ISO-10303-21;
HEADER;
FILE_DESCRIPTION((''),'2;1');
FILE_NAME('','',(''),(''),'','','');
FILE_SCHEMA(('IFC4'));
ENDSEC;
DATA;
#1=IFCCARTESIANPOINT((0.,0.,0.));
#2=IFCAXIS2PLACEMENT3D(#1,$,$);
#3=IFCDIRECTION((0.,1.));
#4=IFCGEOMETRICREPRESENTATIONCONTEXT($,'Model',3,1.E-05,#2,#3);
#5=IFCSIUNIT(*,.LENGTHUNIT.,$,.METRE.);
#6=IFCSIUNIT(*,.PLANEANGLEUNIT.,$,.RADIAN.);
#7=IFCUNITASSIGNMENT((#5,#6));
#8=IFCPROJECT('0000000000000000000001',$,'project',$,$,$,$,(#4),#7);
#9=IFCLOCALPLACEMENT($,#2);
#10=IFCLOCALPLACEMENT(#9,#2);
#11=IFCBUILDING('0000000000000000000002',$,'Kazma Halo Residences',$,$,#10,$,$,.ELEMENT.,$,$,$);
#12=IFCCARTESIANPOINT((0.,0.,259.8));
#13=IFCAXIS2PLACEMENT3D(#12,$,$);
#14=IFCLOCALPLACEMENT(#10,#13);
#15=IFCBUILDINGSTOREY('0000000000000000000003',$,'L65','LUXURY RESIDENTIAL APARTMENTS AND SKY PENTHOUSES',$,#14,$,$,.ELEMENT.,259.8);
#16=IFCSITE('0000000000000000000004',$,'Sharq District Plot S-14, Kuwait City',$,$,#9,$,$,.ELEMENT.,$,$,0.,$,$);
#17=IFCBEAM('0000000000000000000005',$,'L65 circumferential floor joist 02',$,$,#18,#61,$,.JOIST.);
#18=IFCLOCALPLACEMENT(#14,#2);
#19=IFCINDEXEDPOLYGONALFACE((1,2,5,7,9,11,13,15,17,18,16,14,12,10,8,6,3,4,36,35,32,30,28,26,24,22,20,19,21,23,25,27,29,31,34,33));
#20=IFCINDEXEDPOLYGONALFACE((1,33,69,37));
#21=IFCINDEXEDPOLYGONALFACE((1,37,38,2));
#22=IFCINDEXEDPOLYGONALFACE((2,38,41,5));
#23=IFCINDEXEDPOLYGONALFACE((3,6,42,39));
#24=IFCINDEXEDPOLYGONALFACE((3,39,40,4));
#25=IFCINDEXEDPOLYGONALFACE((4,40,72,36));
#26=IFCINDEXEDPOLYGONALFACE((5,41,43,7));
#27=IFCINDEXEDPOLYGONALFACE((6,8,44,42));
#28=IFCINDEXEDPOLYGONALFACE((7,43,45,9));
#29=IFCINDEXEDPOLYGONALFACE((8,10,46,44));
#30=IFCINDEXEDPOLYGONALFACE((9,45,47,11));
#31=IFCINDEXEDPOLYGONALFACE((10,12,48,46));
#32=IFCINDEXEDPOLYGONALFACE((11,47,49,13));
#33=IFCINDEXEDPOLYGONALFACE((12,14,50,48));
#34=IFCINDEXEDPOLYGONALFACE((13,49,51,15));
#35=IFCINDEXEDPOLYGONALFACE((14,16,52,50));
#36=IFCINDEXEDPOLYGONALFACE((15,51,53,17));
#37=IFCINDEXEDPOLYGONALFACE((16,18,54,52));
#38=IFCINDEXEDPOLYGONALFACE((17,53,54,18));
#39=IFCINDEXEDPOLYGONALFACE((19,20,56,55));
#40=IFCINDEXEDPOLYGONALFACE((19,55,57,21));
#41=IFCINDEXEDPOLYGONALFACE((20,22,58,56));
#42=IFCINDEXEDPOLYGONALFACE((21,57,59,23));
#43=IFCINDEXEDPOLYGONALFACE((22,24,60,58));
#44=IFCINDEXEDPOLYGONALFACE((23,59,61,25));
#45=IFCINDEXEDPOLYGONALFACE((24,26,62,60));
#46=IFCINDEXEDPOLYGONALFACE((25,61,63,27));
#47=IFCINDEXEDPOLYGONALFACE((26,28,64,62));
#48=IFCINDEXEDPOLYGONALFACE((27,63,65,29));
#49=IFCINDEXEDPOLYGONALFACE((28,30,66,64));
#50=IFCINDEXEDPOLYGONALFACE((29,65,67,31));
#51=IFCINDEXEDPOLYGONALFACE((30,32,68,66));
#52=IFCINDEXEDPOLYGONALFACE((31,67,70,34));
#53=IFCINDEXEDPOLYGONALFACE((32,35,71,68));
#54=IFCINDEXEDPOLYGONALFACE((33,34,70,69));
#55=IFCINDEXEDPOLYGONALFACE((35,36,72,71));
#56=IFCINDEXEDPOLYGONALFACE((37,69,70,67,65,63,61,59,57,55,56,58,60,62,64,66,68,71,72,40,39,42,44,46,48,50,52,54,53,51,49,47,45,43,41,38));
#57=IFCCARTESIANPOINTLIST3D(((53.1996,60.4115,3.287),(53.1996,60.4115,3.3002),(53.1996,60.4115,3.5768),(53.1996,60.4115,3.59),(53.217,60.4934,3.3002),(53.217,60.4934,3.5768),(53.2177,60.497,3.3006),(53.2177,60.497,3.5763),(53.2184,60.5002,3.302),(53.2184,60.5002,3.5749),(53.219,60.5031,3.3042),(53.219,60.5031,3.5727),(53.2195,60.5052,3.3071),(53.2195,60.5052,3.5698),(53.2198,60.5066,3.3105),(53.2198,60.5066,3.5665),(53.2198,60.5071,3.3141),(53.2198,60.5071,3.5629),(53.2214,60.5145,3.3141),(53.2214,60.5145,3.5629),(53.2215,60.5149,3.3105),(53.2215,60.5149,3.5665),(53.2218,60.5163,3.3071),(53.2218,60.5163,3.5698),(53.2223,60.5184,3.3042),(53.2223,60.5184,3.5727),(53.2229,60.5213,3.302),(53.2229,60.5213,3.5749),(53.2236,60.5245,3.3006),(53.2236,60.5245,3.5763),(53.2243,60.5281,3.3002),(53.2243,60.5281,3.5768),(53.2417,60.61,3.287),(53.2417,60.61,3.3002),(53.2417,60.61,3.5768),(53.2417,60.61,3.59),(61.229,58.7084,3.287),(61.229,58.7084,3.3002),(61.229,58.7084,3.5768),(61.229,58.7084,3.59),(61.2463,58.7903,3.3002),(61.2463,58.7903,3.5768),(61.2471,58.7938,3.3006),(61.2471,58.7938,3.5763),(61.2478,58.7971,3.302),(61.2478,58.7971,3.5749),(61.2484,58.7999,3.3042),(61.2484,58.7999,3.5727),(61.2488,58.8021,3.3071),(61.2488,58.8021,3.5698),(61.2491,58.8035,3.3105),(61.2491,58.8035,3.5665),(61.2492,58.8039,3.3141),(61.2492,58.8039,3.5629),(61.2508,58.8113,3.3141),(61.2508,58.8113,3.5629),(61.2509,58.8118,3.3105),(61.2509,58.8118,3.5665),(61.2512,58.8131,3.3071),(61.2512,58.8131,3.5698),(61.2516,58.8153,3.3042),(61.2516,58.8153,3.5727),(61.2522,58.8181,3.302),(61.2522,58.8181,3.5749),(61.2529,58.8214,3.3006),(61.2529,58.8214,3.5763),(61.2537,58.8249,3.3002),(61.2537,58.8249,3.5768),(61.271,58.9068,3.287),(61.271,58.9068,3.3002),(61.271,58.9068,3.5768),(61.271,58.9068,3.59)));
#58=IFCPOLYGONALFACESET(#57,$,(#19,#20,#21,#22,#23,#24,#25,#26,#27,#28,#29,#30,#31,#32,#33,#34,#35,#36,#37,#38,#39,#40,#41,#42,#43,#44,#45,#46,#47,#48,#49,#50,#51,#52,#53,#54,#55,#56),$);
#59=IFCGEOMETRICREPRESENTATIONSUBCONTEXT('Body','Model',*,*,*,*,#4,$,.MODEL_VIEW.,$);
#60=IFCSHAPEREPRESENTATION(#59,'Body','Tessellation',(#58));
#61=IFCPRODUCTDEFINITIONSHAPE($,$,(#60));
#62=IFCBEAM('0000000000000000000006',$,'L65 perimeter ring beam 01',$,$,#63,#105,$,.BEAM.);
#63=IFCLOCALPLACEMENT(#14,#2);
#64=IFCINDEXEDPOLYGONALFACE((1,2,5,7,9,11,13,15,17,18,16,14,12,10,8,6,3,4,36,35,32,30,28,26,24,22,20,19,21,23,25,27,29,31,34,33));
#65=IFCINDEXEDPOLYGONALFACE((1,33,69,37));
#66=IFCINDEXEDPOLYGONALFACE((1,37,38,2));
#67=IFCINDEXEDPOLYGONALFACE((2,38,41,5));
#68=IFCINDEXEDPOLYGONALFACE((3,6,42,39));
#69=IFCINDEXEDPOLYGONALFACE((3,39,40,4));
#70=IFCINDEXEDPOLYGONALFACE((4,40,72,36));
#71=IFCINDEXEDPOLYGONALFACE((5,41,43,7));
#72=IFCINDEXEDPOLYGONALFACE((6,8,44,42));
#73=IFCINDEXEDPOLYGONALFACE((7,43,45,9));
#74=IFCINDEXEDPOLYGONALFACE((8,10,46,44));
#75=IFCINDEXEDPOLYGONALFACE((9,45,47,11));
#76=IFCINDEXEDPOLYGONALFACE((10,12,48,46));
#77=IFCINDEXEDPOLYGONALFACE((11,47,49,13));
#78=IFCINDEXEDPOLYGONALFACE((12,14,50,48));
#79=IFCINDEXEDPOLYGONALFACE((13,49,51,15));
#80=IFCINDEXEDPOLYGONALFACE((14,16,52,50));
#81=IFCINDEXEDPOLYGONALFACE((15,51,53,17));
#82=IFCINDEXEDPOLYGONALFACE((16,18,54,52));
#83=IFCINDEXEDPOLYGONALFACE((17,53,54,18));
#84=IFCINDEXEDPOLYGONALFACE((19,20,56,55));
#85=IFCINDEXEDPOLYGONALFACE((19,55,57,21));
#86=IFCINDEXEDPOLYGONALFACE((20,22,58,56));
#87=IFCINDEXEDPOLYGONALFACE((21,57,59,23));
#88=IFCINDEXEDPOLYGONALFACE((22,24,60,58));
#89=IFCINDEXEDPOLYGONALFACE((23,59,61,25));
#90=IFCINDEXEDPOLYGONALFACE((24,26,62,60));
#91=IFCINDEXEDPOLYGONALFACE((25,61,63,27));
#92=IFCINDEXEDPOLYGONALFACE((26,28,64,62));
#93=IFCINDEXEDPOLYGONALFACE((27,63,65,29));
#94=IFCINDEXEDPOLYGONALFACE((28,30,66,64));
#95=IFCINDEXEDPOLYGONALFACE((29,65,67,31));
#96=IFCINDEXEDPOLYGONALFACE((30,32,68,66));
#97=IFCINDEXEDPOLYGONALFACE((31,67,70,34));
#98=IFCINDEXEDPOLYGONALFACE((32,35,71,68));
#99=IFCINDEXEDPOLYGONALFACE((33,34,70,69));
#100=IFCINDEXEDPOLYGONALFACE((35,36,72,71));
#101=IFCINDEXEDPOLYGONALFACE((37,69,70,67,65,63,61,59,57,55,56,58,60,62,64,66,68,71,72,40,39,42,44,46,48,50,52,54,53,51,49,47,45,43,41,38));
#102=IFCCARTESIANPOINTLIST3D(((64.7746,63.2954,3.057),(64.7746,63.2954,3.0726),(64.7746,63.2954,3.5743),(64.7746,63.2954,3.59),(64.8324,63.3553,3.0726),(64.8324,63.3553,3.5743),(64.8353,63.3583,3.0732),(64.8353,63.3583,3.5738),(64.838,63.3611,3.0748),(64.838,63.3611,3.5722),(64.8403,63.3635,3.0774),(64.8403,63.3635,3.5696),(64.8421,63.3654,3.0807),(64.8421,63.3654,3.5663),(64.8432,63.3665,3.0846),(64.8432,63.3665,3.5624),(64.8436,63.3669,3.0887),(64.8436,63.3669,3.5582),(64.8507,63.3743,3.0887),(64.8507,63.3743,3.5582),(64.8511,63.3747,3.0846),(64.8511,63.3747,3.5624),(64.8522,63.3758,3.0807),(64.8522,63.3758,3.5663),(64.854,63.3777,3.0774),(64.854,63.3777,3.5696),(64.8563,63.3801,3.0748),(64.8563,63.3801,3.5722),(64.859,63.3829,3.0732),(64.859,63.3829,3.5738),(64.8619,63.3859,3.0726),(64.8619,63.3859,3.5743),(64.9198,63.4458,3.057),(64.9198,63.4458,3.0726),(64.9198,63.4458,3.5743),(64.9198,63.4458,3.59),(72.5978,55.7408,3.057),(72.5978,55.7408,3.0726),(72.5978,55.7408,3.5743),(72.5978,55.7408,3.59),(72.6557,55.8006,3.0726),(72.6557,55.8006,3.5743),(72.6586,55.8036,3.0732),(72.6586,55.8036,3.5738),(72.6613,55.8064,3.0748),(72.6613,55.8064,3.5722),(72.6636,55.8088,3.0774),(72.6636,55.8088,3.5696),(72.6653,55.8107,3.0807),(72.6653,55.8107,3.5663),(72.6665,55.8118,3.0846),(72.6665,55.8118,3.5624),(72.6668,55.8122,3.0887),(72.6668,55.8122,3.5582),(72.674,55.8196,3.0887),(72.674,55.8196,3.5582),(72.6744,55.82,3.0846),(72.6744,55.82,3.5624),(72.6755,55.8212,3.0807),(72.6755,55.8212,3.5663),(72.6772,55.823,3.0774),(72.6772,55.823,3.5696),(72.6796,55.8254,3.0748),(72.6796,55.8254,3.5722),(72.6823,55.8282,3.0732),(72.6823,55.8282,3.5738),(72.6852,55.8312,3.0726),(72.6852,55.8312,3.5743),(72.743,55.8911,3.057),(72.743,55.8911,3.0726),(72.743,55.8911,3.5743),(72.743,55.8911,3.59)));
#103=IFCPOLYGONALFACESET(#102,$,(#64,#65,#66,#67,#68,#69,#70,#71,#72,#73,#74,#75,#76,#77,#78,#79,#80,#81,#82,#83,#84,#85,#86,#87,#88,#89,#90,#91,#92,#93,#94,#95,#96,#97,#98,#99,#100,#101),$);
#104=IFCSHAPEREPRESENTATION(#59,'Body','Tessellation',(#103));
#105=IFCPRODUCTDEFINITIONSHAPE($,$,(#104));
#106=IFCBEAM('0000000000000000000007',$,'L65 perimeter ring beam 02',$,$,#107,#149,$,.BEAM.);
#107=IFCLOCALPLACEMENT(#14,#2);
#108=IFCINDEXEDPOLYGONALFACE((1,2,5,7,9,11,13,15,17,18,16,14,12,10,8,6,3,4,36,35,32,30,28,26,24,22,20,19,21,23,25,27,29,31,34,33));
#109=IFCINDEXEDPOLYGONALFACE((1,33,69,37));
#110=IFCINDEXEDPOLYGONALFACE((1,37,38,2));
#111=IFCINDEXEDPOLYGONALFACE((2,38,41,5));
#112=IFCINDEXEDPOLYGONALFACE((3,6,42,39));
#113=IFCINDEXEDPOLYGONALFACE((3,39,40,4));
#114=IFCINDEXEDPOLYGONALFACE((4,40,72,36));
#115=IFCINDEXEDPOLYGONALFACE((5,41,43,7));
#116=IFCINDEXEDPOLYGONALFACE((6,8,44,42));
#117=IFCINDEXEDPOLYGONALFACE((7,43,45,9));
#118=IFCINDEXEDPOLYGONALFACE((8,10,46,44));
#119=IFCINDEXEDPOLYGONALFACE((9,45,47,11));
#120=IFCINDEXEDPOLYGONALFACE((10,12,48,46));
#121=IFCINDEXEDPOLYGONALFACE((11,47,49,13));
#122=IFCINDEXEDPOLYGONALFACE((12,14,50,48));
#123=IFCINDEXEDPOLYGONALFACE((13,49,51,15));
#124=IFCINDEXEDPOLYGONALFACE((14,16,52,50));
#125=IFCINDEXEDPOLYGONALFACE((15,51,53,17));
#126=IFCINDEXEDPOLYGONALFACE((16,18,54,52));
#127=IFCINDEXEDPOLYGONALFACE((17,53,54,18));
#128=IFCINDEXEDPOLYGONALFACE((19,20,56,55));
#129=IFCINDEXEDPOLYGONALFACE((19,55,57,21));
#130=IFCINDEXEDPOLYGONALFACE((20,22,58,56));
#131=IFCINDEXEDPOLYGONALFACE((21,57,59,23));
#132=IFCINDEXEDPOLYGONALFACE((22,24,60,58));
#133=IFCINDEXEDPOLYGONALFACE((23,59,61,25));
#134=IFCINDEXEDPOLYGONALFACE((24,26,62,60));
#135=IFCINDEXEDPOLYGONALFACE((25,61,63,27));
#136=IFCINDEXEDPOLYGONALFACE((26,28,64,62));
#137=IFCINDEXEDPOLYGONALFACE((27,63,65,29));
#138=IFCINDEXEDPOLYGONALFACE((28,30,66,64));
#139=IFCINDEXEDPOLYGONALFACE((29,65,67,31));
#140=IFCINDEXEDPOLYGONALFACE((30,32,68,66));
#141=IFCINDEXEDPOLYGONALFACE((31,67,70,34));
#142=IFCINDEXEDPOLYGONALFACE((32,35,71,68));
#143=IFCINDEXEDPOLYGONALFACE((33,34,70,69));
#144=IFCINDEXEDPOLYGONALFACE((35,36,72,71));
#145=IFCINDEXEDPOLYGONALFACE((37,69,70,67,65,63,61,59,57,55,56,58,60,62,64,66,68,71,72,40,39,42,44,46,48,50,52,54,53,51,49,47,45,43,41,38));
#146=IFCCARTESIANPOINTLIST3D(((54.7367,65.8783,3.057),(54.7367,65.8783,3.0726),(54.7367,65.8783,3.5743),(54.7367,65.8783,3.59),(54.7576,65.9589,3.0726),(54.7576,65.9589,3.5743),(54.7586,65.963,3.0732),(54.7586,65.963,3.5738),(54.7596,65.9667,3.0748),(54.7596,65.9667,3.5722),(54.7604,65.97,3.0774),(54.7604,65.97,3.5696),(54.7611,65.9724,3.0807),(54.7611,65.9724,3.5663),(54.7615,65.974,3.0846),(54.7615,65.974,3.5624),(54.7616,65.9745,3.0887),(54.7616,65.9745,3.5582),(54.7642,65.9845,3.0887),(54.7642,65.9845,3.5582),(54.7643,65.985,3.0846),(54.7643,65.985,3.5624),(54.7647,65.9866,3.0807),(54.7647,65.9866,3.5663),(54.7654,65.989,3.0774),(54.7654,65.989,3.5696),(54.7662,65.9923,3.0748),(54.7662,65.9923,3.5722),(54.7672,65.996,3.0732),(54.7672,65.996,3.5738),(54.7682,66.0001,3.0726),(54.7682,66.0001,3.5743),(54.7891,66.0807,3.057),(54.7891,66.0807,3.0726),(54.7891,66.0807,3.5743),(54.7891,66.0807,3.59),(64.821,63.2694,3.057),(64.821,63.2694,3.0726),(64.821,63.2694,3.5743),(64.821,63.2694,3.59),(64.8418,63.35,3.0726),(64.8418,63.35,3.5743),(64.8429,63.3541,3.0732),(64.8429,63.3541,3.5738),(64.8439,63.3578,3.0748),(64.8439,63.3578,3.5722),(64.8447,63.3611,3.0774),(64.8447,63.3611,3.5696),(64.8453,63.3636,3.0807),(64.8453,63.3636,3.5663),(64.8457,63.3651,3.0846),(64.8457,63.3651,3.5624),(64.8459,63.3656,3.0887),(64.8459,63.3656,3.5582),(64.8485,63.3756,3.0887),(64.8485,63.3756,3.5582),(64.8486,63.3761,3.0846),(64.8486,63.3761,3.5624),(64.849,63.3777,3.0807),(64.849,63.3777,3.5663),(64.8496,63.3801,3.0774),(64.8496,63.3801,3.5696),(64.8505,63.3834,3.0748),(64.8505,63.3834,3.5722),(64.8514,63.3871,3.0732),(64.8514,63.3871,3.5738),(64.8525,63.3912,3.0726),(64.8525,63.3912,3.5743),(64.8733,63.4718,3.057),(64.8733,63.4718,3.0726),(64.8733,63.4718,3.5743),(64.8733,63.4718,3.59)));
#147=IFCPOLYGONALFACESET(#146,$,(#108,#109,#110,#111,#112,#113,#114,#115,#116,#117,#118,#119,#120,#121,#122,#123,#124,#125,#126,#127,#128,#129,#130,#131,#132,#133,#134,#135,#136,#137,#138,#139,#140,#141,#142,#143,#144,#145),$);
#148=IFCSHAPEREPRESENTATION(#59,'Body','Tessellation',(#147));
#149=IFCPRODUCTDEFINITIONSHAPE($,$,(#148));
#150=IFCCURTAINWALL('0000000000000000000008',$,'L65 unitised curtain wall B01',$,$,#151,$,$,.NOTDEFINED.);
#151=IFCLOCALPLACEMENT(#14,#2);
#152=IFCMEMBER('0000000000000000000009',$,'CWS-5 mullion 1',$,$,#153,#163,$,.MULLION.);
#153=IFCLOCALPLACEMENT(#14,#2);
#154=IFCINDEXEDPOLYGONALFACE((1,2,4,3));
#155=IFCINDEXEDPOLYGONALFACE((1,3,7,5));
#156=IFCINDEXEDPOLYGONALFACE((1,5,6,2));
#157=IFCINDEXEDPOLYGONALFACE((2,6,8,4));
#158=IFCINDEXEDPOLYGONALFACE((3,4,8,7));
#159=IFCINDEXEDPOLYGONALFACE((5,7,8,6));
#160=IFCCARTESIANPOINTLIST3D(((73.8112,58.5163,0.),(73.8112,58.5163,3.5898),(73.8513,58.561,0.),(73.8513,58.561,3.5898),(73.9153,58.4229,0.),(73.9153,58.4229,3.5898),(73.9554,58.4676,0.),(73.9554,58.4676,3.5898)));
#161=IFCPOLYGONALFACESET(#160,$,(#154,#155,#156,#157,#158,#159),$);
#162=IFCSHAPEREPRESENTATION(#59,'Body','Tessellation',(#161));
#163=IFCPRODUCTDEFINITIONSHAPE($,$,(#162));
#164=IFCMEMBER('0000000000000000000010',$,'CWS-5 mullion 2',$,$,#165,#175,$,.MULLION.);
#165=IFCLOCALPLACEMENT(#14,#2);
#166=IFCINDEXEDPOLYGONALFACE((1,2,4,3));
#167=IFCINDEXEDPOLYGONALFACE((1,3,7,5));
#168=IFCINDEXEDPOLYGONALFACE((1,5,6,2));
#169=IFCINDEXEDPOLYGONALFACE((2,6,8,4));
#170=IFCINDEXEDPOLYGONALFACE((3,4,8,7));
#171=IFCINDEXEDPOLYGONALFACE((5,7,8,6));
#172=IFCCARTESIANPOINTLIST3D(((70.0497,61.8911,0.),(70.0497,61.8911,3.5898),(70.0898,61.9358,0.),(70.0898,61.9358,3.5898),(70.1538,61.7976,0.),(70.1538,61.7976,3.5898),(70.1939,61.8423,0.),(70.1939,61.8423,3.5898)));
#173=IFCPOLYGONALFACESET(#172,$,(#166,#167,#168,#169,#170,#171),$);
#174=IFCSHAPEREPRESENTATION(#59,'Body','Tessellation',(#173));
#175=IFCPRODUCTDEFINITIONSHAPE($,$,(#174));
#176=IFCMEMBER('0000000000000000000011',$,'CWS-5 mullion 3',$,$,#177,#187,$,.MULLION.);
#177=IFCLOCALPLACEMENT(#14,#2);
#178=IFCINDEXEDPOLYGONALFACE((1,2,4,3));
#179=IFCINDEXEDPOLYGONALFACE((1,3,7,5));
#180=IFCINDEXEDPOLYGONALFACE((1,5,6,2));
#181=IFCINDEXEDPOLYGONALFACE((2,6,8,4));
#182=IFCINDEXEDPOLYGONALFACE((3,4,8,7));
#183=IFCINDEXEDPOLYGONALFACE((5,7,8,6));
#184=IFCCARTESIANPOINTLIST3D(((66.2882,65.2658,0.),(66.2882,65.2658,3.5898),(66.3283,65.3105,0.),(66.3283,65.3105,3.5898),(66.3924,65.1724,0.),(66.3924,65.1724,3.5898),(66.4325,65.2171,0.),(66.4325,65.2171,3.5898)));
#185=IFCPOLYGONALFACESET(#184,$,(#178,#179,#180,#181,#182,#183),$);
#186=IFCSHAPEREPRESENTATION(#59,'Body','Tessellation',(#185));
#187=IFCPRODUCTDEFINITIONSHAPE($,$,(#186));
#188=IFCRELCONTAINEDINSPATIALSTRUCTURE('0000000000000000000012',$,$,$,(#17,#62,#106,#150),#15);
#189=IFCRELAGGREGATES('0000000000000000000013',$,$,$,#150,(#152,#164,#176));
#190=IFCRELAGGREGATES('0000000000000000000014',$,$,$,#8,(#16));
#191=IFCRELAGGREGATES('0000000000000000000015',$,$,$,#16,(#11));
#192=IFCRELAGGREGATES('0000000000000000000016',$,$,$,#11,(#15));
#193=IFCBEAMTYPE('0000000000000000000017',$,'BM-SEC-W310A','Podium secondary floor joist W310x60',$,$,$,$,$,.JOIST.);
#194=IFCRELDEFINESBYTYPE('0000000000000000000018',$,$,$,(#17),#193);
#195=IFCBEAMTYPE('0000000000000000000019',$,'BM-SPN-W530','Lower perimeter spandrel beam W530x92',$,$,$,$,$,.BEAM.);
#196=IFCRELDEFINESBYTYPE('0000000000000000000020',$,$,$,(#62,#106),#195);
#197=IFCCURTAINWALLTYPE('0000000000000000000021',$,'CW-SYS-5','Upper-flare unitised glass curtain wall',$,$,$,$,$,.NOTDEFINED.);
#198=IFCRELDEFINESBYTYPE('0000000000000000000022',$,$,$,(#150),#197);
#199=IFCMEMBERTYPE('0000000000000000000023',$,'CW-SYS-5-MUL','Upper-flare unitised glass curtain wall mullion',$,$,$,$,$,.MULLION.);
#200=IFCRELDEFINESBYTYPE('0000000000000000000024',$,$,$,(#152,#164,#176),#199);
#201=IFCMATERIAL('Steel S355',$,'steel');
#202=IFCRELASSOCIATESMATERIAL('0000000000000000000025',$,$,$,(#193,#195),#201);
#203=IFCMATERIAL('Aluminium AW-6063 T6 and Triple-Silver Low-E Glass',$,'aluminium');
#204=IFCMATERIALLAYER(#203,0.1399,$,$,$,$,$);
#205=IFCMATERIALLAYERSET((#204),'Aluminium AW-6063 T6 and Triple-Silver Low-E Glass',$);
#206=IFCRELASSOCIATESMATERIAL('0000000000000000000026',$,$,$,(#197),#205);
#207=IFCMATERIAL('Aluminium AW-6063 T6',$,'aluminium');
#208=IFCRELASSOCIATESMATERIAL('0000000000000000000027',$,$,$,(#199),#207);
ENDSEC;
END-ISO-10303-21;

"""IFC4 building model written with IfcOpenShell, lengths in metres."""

from ifc_helpers import new_model, si_unit, direction, frame, origin, origin_2d, place, context, subcontext, project, spatial, rectangle, i_section, extrude, material, layer, layer_set, material_profile, profile_set, type_object, element, aggregate, save


model = new_model("IFC4")

# Units and contexts
model_context = context("Model", 3, precision=1e-05, world=origin(), true_north=direction((0.0, 1.0)))
body_context = subcontext(model_context, "Body", "Model", "MODEL_VIEW")
ifc_project = project(units=[si_unit("LENGTHUNIT", "METRE"), si_unit("PLANEANGLEUNIT", "RADIAN")], contexts=[model_context])

# Site, building, storey
site_placement = place(None, origin())
site = spatial("IfcSite", under=ifc_project, at=site_placement, Name="Sharq District Plot S-14, Kuwait City", CompositionType="ELEMENT", RefElevation=0.0)
building_placement = place(site_placement, origin())
building = spatial("IfcBuilding", under=site, at=building_placement, Name="Kazma Halo Residences", CompositionType="ELEMENT")
storey_placement = place(building_placement, frame((0.0, 0.0, 259.8)))
storey = spatial("IfcBuildingStorey", under=building, at=storey_placement, Name="L65", Description="LUXURY RESIDENTIAL APARTMENTS AND SKY PENTHOUSES", CompositionType="ELEMENT", Elevation=259.8)

# Beams
ifc_material_1 = material(Name="Steel S355", Category="steel")
ifc_material_profile_1 = material_profile(ifc_material_1, i_section(OverallWidth=0.2029, OverallDepth=0.303, WebThickness=0.0076, FlangeThickness=0.0132, FilletRadius=0.0139, at=origin_2d()), Name="W310x60")
ifc_profile_set_1 = profile_set([ifc_material_profile_1], Name="Steel S355")
beam_type_1 = type_object("IfcBeamType", Name="BM-SEC-W310A", Description="Podium secondary floor joist W310x60", PredefinedType="JOIST", material=ifc_profile_set_1)
beam_1_placement = place(storey_placement, frame((61.25, 58.8076, 3.4385), z_axis=(-0.978236, 0.207497, 0.0), x_axis=(-0.207497, -0.978236, 0.0)))
element("IfcBeam", 1, at=beam_1_placement, inside=storey, type_object=beam_type_1, Name="L65 circumferential floor joist 02", PredefinedType="JOIST", context=body_context, shape_type="SweptSolid", body=[
    extrude(i_section(OverallWidth=0.2029, OverallDepth=0.303, WebThickness=0.0076, FlangeThickness=0.0132, FilletRadius=0.0139, at=origin_2d()), origin(), (0.0, 0.0, 1.0), 8.208),
])
ifc_material_profile_2 = material_profile(ifc_material_1, i_section(OverallWidth=0.209, OverallDepth=0.533, WebThickness=0.0103, FlangeThickness=0.0156, FilletRadius=0.0161, at=origin_2d()), Name="W530x92")
ifc_profile_set_2 = profile_set([ifc_material_profile_2], Name="Steel S355")
beam_type_2 = type_object("IfcBeamType", Name="BM-SPN-W530", Description="Lower perimeter spandrel beam W530x92", PredefinedType="BEAM", material=ifc_profile_set_2)
beam_2_placement = place(storey_placement, frame((72.6704, 55.8159, 3.3235), z_axis=(-0.719346, 0.694652, 0.0), x_axis=(-0.694652, -0.719346, 0.0)))
element("IfcBeam", 2, at=beam_2_placement, inside=storey, type_object=beam_type_2, Name="L65 perimeter ring beam 01", PredefinedType="BEAM", context=body_context, shape_type="SweptSolid", body=[
    extrude(i_section(OverallWidth=0.209, OverallDepth=0.533, WebThickness=0.0103, FlangeThickness=0.0156, FilletRadius=0.0161, at=origin_2d()), origin(), (0.0, 0.0, 1.0), 10.8755),
])
beam_3_placement = place(storey_placement, frame((64.8472, 63.3706, 3.3235), z_axis=(-0.968126, 0.250464, 0.0), x_axis=(-0.250464, -0.968126, 0.0)))
element("IfcBeam", 3, at=beam_3_placement, inside=storey, type_object=beam_type_2, Name="L65 perimeter ring beam 02", PredefinedType="BEAM", context=body_context, shape_type="SweptSolid", body=[
    extrude(i_section(OverallWidth=0.209, OverallDepth=0.533, WebThickness=0.0103, FlangeThickness=0.0156, FilletRadius=0.0161, at=origin_2d()), origin(), (0.0, 0.0, 1.0), 10.4163),
])

# Curtain wall, members
ifc_material_2 = material(Name="Aluminium AW-6063 T6 and Triple-Silver Low-E Glass", Category="aluminium")
ifc_layer_1 = layer(ifc_material_2, 0.1399)
ifc_layer_set_1 = layer_set([ifc_layer_1], Name="Aluminium AW-6063 T6 and Triple-Silver Low-E Glass")
curtain_wall_type = type_object("IfcCurtainWallType", Name="CW-SYS-5", Description="Upper-flare unitised glass curtain wall", PredefinedType="NOTDEFINED", material=ifc_layer_set_1)
curtain_wall_1_placement = place(storey_placement, origin())
curtain_wall_1 = element("IfcCurtainWall", 4, at=curtain_wall_1_placement, inside=storey, type_object=curtain_wall_type, Name="L65 unitised curtain wall B01", PredefinedType="NOTDEFINED")
ifc_material_3 = material(Name="Aluminium AW-6063 T6", Category="aluminium")
ifc_material_profile_3 = material_profile(ifc_material_3, rectangle(XDim=0.0601, YDim=0.1399, at=origin_2d()), Name="CWM-60x140")
ifc_profile_set_3 = profile_set([ifc_material_profile_3], Name="Aluminium AW-6063 T6")
member_type_1 = type_object("IfcMemberType", Name="CW-SYS-5-MUL", Description="Upper-flare unitised glass curtain wall mullion", PredefinedType="MULLION", material=ifc_profile_set_3)
member_1_placement = place(storey_placement, frame((73.8833, 58.4919, 0.0), z_axis=(0.0, 0.0, 1.0), x_axis=(-0.667805, -0.744336, 0.0)))
member_1 = element("IfcMember", 5, at=member_1_placement, type_object=member_type_1, Name="CWS-5 mullion 1", PredefinedType="MULLION", context=body_context, shape_type="SweptSolid", body=[
    extrude(rectangle(XDim=0.0601, YDim=0.1399, at=origin_2d()), origin(), (0.0, 0.0, 1.0), 3.5898),
])
member_2_placement = place(storey_placement, frame((70.1218, 61.8667, 0.0), z_axis=(0.0, 0.0, 1.0), x_axis=(-0.667805, -0.744336, 0.0)))
member_2 = element("IfcMember", 6, at=member_2_placement, type_object=member_type_1, Name="CWS-5 mullion 2", PredefinedType="MULLION", context=body_context, shape_type="SweptSolid", body=[
    extrude(rectangle(XDim=0.0601, YDim=0.1399, at=origin_2d()), origin(), (0.0, 0.0, 1.0), 3.5898),
])
member_3_placement = place(storey_placement, frame((66.3604, 65.2415, 0.0), z_axis=(0.0, 0.0, 1.0), x_axis=(-0.667805, -0.744336, 0.0)))
member_3 = element("IfcMember", 7, at=member_3_placement, type_object=member_type_1, Name="CWS-5 mullion 3", PredefinedType="MULLION", context=body_context, shape_type="SweptSolid", body=[
    extrude(rectangle(XDim=0.0601, YDim=0.1399, at=origin_2d()), origin(), (0.0, 0.0, 1.0), 3.5898),
])

aggregate(curtain_wall_1, [member_1, member_2, member_3])

save(model, "model.ifc")
